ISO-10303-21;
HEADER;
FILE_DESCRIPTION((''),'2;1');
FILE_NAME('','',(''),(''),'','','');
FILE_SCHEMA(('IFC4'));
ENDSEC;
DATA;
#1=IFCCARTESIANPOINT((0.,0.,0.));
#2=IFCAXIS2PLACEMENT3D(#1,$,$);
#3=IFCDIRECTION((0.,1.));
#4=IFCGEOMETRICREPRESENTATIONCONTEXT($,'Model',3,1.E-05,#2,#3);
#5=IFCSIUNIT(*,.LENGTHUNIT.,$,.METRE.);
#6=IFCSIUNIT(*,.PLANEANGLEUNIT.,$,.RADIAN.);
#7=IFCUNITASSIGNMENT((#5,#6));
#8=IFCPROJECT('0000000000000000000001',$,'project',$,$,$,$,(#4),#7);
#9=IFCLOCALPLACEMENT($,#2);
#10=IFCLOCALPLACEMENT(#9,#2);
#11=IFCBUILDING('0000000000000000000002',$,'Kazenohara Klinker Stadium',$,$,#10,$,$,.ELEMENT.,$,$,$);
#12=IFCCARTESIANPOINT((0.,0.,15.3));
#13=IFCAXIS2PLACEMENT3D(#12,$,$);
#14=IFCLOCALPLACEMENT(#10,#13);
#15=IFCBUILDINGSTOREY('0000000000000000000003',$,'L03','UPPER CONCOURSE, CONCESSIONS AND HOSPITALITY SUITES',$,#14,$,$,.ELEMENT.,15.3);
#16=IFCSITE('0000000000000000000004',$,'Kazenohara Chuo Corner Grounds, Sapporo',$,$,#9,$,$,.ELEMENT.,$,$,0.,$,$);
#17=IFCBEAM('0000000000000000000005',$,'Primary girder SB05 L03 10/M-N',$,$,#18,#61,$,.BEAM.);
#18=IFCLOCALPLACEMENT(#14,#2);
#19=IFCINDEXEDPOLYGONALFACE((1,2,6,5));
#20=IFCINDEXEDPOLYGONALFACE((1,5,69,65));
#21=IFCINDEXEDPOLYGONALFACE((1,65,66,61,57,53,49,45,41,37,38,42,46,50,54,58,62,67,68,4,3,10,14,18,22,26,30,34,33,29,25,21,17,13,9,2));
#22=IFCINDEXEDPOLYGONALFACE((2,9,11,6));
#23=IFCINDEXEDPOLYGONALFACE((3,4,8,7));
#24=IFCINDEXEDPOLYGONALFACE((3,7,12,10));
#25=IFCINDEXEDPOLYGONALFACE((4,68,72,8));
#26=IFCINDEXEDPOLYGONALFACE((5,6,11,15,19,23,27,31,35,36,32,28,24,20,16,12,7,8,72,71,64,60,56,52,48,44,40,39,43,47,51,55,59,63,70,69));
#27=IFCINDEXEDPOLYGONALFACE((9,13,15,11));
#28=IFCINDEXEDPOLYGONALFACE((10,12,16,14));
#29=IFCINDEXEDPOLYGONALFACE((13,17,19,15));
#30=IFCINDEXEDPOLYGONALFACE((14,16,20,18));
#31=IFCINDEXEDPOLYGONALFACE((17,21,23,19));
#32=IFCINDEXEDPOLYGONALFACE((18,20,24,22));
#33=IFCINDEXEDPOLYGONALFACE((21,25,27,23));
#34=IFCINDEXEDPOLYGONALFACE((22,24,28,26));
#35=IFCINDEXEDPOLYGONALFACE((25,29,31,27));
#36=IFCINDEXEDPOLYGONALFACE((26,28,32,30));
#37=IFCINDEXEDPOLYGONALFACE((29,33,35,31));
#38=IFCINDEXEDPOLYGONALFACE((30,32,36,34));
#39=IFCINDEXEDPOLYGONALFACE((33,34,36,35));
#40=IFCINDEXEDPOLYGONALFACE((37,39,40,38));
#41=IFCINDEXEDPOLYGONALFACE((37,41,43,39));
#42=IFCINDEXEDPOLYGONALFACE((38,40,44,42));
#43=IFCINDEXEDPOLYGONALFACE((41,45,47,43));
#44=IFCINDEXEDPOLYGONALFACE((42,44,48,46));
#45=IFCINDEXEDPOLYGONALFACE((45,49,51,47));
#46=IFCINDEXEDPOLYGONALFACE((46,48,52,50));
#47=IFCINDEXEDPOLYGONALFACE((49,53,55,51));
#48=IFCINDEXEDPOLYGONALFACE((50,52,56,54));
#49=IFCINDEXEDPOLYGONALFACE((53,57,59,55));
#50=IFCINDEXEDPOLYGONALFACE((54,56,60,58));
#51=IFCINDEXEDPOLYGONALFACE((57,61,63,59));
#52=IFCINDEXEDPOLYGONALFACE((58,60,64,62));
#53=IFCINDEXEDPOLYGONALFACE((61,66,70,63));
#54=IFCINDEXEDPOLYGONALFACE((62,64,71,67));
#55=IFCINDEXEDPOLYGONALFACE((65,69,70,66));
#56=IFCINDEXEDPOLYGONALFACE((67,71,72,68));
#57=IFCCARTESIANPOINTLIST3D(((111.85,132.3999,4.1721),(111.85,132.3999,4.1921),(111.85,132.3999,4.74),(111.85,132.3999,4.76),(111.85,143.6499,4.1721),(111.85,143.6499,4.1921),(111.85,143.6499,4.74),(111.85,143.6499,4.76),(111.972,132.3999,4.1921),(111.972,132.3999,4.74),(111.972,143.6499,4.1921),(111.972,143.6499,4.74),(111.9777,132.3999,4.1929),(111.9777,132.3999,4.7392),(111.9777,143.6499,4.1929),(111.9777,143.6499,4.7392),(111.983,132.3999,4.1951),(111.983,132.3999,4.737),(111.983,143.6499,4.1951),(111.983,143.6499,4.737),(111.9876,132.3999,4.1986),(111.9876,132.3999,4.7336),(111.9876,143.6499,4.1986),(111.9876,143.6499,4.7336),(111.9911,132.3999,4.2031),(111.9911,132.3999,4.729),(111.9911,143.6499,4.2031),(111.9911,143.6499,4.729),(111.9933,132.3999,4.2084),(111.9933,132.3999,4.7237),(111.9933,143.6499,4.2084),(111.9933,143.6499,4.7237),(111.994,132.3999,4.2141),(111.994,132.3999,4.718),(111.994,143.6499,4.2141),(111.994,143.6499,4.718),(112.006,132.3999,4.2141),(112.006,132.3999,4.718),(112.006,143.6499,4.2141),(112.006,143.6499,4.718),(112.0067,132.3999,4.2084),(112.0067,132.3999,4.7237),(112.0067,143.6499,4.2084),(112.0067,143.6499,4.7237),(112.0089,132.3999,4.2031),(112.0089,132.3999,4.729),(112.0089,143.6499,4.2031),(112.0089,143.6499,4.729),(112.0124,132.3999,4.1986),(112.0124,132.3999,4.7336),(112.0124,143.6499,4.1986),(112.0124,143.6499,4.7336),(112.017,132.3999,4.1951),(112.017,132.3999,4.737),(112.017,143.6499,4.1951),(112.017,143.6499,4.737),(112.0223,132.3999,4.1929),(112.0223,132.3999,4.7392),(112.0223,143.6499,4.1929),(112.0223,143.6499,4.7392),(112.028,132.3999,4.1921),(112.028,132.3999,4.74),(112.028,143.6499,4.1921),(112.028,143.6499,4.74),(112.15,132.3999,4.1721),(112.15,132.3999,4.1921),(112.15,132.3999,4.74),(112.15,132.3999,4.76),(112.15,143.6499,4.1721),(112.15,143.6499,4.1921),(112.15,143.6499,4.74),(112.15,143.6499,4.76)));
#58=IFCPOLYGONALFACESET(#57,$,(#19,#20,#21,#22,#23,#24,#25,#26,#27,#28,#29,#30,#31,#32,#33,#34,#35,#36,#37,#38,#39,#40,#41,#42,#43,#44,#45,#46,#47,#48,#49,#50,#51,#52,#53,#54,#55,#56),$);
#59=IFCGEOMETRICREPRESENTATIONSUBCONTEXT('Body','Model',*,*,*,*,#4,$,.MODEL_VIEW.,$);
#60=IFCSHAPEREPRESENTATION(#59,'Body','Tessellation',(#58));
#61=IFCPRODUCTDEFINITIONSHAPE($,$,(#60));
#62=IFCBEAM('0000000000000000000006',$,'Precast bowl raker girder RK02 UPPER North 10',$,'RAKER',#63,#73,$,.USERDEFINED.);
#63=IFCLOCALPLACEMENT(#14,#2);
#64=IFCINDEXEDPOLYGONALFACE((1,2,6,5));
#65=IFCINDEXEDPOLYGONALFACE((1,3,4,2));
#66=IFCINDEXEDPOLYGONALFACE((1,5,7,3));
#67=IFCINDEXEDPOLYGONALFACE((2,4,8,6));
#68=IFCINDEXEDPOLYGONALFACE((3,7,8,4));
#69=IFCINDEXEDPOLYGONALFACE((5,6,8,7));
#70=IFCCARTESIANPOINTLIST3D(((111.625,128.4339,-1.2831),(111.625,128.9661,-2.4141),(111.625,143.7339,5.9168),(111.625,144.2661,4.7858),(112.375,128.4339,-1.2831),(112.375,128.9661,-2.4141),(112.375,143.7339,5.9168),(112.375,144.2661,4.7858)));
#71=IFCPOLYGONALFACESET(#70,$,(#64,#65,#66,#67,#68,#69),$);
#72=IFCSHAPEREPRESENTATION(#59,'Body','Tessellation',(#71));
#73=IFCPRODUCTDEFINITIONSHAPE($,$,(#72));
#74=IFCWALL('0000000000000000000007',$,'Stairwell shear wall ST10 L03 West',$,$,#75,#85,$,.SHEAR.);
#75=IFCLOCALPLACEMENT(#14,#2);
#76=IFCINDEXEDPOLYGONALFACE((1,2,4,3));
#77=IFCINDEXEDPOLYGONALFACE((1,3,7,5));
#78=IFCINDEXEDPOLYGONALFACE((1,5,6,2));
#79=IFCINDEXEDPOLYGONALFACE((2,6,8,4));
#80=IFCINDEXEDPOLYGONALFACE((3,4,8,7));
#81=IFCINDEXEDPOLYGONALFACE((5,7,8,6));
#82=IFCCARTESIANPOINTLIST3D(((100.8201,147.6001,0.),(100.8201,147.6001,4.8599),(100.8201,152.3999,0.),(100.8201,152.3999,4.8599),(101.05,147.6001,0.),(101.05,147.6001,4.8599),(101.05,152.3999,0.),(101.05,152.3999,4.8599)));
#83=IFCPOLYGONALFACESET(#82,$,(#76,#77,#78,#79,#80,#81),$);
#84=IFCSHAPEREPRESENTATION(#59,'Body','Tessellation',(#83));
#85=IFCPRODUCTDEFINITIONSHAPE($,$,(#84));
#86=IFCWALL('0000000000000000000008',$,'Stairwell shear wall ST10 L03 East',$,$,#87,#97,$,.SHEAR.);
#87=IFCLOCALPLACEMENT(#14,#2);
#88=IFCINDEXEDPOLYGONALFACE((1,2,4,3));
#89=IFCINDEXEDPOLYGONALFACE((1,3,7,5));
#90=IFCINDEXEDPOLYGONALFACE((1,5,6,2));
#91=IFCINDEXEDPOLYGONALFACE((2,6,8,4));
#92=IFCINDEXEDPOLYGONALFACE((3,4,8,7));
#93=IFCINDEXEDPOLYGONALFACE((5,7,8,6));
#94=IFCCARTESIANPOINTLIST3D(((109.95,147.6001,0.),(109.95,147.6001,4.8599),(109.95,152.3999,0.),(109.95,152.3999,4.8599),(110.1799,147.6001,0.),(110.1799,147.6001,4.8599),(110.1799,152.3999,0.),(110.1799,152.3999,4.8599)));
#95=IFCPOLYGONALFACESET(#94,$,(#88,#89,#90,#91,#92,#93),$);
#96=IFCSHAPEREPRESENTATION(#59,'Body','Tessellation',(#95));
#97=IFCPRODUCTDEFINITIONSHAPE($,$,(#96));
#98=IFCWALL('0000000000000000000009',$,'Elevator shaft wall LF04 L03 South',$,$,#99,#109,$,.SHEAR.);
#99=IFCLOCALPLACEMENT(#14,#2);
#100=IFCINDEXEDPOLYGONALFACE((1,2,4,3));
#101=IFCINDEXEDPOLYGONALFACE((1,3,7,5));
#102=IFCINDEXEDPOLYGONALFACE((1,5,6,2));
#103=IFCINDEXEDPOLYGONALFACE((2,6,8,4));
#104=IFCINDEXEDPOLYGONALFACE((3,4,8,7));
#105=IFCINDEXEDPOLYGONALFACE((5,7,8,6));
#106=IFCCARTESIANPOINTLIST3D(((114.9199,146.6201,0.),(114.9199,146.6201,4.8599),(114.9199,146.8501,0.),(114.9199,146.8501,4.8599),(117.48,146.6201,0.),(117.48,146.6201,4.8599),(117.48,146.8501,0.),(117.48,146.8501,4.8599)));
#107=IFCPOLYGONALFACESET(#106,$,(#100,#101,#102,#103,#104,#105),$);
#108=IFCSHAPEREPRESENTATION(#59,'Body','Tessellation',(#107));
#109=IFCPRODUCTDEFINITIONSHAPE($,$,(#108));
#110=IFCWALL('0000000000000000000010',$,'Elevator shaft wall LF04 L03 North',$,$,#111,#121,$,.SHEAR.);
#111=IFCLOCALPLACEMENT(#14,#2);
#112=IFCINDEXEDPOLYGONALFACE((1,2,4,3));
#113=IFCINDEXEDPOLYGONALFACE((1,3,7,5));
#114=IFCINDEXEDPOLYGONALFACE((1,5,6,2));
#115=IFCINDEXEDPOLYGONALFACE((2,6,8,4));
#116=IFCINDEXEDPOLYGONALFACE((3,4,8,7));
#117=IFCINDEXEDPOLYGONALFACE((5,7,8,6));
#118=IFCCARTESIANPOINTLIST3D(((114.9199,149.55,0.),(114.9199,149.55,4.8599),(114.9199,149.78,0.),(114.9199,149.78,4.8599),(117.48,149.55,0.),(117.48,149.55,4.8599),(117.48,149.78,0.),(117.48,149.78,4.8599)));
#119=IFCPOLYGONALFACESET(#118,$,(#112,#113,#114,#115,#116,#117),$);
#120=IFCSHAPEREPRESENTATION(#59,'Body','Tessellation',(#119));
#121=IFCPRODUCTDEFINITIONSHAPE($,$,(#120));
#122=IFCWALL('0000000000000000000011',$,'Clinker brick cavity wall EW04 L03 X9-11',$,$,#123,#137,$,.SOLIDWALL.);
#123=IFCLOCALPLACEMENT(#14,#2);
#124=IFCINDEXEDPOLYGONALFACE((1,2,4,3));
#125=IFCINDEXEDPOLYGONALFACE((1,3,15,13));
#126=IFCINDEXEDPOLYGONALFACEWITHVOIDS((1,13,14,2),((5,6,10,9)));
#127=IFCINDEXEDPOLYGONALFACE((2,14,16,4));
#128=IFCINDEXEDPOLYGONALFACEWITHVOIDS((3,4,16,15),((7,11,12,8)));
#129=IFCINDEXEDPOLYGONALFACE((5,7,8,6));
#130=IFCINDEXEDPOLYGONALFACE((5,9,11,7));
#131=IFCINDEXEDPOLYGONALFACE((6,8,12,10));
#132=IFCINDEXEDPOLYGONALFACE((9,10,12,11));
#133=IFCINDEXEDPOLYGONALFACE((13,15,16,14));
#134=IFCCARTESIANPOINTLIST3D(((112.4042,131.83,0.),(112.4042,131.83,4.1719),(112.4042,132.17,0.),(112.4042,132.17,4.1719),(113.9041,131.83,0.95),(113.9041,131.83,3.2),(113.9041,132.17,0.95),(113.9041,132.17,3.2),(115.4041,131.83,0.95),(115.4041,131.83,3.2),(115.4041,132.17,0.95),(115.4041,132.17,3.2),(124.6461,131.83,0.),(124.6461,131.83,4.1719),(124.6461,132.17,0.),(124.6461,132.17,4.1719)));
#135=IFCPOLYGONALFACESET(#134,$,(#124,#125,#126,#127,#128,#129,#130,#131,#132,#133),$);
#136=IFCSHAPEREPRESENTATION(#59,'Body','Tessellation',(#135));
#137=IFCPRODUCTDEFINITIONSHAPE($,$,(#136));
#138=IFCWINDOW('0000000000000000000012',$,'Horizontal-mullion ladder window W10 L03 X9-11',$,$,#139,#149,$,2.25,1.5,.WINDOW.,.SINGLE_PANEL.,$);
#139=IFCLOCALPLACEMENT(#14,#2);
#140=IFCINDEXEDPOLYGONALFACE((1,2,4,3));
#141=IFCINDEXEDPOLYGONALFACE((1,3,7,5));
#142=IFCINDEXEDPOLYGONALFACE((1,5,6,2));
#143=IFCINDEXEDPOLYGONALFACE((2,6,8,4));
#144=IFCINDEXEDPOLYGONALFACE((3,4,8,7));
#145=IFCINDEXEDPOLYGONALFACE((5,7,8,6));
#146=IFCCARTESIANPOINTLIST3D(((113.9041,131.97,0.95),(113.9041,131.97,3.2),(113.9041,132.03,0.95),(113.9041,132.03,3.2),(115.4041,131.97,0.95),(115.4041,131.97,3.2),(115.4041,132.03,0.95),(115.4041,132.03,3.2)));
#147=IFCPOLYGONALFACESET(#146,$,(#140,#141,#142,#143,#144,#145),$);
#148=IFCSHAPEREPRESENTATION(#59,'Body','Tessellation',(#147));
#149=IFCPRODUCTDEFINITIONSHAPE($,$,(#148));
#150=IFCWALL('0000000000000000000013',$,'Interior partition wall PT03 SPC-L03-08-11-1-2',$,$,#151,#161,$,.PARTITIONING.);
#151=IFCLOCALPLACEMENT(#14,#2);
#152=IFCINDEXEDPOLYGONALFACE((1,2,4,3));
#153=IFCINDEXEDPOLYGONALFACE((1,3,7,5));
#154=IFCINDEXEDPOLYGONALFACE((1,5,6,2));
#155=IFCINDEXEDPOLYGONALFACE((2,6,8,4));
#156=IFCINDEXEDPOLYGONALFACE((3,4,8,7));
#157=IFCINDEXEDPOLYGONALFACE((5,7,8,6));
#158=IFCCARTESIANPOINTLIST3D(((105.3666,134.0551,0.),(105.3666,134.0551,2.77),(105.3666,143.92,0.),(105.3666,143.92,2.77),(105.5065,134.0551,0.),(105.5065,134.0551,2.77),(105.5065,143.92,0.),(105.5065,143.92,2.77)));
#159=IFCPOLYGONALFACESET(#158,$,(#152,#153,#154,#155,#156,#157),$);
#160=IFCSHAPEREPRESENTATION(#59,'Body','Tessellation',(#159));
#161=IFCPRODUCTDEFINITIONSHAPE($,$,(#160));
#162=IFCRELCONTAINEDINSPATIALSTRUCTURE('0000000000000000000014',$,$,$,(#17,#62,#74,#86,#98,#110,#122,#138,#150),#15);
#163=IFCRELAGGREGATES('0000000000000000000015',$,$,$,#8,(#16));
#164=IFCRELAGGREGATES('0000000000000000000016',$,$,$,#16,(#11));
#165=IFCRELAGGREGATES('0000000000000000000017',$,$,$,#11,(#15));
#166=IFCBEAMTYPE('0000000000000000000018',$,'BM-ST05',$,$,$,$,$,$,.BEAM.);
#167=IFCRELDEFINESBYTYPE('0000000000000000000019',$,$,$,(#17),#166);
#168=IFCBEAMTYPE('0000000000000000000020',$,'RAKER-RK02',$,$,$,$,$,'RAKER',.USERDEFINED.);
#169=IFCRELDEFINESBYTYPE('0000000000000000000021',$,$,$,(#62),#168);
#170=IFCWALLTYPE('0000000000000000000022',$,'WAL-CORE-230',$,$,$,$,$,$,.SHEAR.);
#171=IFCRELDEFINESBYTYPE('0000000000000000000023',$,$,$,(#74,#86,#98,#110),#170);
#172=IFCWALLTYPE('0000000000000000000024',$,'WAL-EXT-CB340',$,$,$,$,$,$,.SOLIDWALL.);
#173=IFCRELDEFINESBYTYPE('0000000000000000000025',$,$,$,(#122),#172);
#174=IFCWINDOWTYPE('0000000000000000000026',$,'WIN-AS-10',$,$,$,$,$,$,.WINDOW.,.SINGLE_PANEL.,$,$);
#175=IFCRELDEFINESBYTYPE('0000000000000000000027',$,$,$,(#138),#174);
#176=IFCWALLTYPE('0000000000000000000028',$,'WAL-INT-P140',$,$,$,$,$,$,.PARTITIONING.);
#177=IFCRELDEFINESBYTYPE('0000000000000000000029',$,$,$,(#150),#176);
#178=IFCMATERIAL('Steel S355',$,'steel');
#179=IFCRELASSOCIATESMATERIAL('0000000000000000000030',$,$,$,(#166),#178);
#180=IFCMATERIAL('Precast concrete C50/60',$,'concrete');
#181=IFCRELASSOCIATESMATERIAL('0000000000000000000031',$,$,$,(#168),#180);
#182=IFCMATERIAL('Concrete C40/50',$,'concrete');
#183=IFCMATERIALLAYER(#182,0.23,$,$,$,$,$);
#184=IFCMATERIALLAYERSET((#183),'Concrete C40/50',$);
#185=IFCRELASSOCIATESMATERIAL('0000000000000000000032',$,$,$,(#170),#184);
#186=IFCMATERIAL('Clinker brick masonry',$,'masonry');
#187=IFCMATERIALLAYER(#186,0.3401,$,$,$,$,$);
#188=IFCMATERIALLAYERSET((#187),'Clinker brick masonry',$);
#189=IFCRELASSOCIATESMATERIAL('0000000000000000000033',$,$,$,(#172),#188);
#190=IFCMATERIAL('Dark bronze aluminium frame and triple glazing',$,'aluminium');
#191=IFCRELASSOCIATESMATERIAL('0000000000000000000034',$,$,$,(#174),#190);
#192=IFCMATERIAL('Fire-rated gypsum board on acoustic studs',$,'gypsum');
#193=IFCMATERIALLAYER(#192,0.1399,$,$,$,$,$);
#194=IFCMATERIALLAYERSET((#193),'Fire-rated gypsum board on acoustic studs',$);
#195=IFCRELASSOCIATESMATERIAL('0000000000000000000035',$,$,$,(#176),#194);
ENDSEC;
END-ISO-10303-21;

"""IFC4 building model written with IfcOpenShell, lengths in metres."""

from ifc_helpers import new_model, si_unit, direction, frame, frame_2d, origin, origin_2d, place, context, subcontext, project, spatial, rectangle, i_section, extrude, material, layer, layer_set, material_profile, profile_set, type_object, element, fill, save


model = new_model("IFC4")

# Units and contexts
model_context = context("Model", 3, precision=1e-05, world=origin(), true_north=direction((0.0, 1.0)))
body_context = subcontext(model_context, "Body", "Model", "MODEL_VIEW")
ifc_project = project(units=[si_unit("LENGTHUNIT", "METRE"), si_unit("PLANEANGLEUNIT", "RADIAN")], contexts=[model_context])

# Site, building, storey
site_placement = place(None, origin())
site = spatial("IfcSite", under=ifc_project, at=site_placement, Name="Kazenohara Chuo Corner Grounds, Sapporo", CompositionType="ELEMENT", RefElevation=0.0)
building_placement = place(site_placement, origin())
building = spatial("IfcBuilding", under=site, at=building_placement, Name="Kazenohara Klinker Stadium", CompositionType="ELEMENT")
storey_placement = place(building_placement, frame((0.0, 0.0, 15.3)))
storey = spatial("IfcBuildingStorey", under=building, at=storey_placement, Name="L03", Description="UPPER CONCOURSE, CONCESSIONS AND HOSPITALITY SUITES", CompositionType="ELEMENT", Elevation=15.3)

# Shared definitions
ifc_material_1 = material(Name="Concrete C40/50", Category="concrete")

# Beams
ifc_material_2 = material(Name="Steel S355", Category="steel")
ifc_material_profile_1 = material_profile(ifc_material_2, i_section(OverallWidth=0.3, OverallDepth=0.5879, WebThickness=0.012, FlangeThickness=0.02, FilletRadius=0.022, at=origin_2d()), Name="H-588x300x12x20")
ifc_profile_set_1 = profile_set([ifc_material_profile_1], Name="Steel S355")
beam_type_1 = type_object("IfcBeamType", Name="BM-ST05", PredefinedType="BEAM", material=ifc_profile_set_1)
beam_1_placement = place(storey_placement, frame((112.0, 132.3999, 4.4661), z_axis=(0.0, 1.0, 0.0), x_axis=(-1.0, 0.0, 0.0)))
element("IfcBeam", 1, at=beam_1_placement, inside=storey, type_object=beam_type_1, Name="Primary girder SB05 L03 10/M-N", PredefinedType="BEAM", context=body_context, shape_type="SweptSolid", body=[
    extrude(i_section(OverallWidth=0.3, OverallDepth=0.5879, WebThickness=0.012, FlangeThickness=0.02, FilletRadius=0.022, at=origin_2d()), origin(), (0.0, 0.0, 1.0), 11.25),
])
ifc_material_3 = material(Name="Precast concrete C50/60", Category="concrete")
ifc_material_profile_2 = material_profile(ifc_material_3, rectangle(XDim=0.75, YDim=1.25, at=origin_2d()), Name="PC-RAKER-750x1250")
ifc_profile_set_2 = profile_set([ifc_material_profile_2], Name="Precast concrete C50/60")
beam_type_2 = type_object("IfcBeamType", Name="RAKER-RK02", ElementType="RAKER", PredefinedType="USERDEFINED", material=ifc_profile_set_2)
beam_2_placement = place(storey_placement, frame((112.0, 144.0, 5.3513), z_axis=(0.0, -0.90482, -0.425794), x_axis=(1.0, 0.0, 0.0)))
element("IfcBeam", 2, at=beam_2_placement, inside=storey, type_object=beam_type_2, Name="Precast bowl raker girder RK02 UPPER North 10", ObjectType="RAKER", PredefinedType="USERDEFINED", context=body_context, shape_type="SweptSolid", body=[
    extrude(rectangle(XDim=0.75, YDim=1.25, at=origin_2d()), origin(), (0.0, 0.0, 1.0), 16.9094),
])

# Walls
ifc_layer_1 = layer(ifc_material_1, 0.23)
ifc_layer_set_1 = layer_set([ifc_layer_1], Name="Concrete C40/50")
wall_type_1 = type_object("IfcWallType", Name="WAL-CORE-230", PredefinedType="SHEAR", material=ifc_layer_set_1)
for number, where, z_axis, x_axis, name in (
    (3, (100.9351, 147.6001, 0.0), (0.0, 0.0, 1.0), (0.0, 1.0, 0.0), "Stairwell shear wall ST10 L03 West"),
    (4, (110.0649, 147.6001, 0.0), (0.0, 0.0, 1.0), (0.0, 1.0, 0.0), "Stairwell shear wall ST10 L03 East"),
):
    element("IfcWall", number, at=place(storey_placement, frame(where, z_axis=z_axis, x_axis=x_axis)), inside=storey, type_object=wall_type_1, Name=name, PredefinedType="SHEAR", context=body_context, shape_type="SweptSolid", body=[
        extrude(rectangle(XDim=4.7998, YDim=0.23, at=frame_2d((2.3999, 0.0))), origin(), (0.0, 0.0, 1.0), 4.8599),
    ])
for number, where, z_axis, x_axis, name in (
    (5, (114.9199, 146.7351, 0.0), (0.0, 0.0, 1.0), (1.0, 0.0, 0.0), "Elevator shaft wall LF04 L03 South"),
    (6, (114.9199, 149.665, 0.0), (0.0, 0.0, 1.0), (1.0, 0.0, 0.0), "Elevator shaft wall LF04 L03 North"),
):
    element("IfcWall", number, at=place(storey_placement, frame(where, z_axis=z_axis, x_axis=x_axis)), inside=storey, type_object=wall_type_1, Name=name, PredefinedType="SHEAR", context=body_context, shape_type="SweptSolid", body=[
        extrude(rectangle(XDim=2.5601, YDim=0.23, at=frame_2d((1.28, 0.0))), origin(), (0.0, 0.0, 1.0), 4.8599),
    ])

# Wall, opening, window
ifc_material_4 = material(Name="Clinker brick masonry", Category="masonry")
ifc_layer_2 = layer(ifc_material_4, 0.3401)
ifc_layer_set_2 = layer_set([ifc_layer_2], Name="Clinker brick masonry")
wall_type_2 = type_object("IfcWallType", Name="WAL-EXT-CB340", PredefinedType="SOLIDWALL", material=ifc_layer_set_2)
wall_1_placement = place(storey_placement, frame((112.4041, 132.0, 0.0), z_axis=(0.0, 0.0, 1.0), x_axis=(1.0, 0.0, 0.0)))
wall_1 = element("IfcWall", 7, at=wall_1_placement, inside=storey, type_object=wall_type_2, Name="Clinker brick cavity wall EW04 L03 X9-11", PredefinedType="SOLIDWALL", context=body_context, shape_type="SweptSolid", body=[
    extrude(rectangle(XDim=12.2419, YDim=0.3401, at=frame_2d((6.1211, 0.0))), origin(), (0.0, 0.0, 1.0), 4.1719),
])
opening_1_placement = place(wall_1_placement, frame((1.5, 0.0, 0.95)))
opening_1 = element("IfcOpeningElement", 8, at=opening_1_placement, cuts=wall_1, PredefinedType="OPENING", context=body_context, shape_type="SweptSolid", body=[
    extrude(rectangle(XDim=1.5, YDim=2.25, at=frame_2d((0.75, 1.125))), frame((0.0, 0.1802, 0.0), z_axis=(0.0, -1.0, 0.0), x_axis=(1.0, 0.0, 0.0)), (0.0, 0.0, 1.0), 0.3601),
])
ifc_material_5 = material(Name="Dark bronze aluminium frame and triple glazing", Category="aluminium")
window_type = type_object("IfcWindowType", Name="WIN-AS-10", PartitioningType="SINGLE_PANEL", PredefinedType="WINDOW", material=ifc_material_5)
window_placement = place(opening_1_placement, origin())
window = element("IfcWindow", 9, at=window_placement, inside=storey, type_object=window_type, Name="Horizontal-mullion ladder window W10 L03 X9-11", OverallHeight=2.25, OverallWidth=1.5, PartitioningType="SINGLE_PANEL", PredefinedType="WINDOW", context=body_context, shape_type="SweptSolid", body=[
    extrude(rectangle(XDim=1.5, YDim=2.25, at=frame_2d((0.75, 1.125))), frame((0.0, 0.03, 0.0), z_axis=(0.0, -1.0, 0.0), x_axis=(1.0, 0.0, 0.0)), (0.0, 0.0, 1.0), 0.0601),
])
fill(opening_1, window)

# Wall
ifc_material_6 = material(Name="Fire-rated gypsum board on acoustic studs", Category="gypsum")
ifc_layer_3 = layer(ifc_material_6, 0.1399)
ifc_layer_set_3 = layer_set([ifc_layer_3], Name="Fire-rated gypsum board on acoustic studs")
wall_type_3 = type_object("IfcWallType", Name="WAL-INT-P140", PredefinedType="PARTITIONING", material=ifc_layer_set_3)
wall_2_placement = place(storey_placement, frame((105.4365, 134.0549, 0.0), z_axis=(0.0, 0.0, 1.0), x_axis=(0.0, 1.0, 0.0)))
element("IfcWall", 10, at=wall_2_placement, inside=storey, type_object=wall_type_3, Name="Interior partition wall PT03 SPC-L03-08-11-1-2", PredefinedType="PARTITIONING", context=body_context, shape_type="SweptSolid", body=[
    extrude(rectangle(XDim=9.865, YDim=0.1399, at=frame_2d((4.9326, 0.0))), origin(), (0.0, 0.0, 1.0), 2.77),
])

save(model, "model.ifc")
